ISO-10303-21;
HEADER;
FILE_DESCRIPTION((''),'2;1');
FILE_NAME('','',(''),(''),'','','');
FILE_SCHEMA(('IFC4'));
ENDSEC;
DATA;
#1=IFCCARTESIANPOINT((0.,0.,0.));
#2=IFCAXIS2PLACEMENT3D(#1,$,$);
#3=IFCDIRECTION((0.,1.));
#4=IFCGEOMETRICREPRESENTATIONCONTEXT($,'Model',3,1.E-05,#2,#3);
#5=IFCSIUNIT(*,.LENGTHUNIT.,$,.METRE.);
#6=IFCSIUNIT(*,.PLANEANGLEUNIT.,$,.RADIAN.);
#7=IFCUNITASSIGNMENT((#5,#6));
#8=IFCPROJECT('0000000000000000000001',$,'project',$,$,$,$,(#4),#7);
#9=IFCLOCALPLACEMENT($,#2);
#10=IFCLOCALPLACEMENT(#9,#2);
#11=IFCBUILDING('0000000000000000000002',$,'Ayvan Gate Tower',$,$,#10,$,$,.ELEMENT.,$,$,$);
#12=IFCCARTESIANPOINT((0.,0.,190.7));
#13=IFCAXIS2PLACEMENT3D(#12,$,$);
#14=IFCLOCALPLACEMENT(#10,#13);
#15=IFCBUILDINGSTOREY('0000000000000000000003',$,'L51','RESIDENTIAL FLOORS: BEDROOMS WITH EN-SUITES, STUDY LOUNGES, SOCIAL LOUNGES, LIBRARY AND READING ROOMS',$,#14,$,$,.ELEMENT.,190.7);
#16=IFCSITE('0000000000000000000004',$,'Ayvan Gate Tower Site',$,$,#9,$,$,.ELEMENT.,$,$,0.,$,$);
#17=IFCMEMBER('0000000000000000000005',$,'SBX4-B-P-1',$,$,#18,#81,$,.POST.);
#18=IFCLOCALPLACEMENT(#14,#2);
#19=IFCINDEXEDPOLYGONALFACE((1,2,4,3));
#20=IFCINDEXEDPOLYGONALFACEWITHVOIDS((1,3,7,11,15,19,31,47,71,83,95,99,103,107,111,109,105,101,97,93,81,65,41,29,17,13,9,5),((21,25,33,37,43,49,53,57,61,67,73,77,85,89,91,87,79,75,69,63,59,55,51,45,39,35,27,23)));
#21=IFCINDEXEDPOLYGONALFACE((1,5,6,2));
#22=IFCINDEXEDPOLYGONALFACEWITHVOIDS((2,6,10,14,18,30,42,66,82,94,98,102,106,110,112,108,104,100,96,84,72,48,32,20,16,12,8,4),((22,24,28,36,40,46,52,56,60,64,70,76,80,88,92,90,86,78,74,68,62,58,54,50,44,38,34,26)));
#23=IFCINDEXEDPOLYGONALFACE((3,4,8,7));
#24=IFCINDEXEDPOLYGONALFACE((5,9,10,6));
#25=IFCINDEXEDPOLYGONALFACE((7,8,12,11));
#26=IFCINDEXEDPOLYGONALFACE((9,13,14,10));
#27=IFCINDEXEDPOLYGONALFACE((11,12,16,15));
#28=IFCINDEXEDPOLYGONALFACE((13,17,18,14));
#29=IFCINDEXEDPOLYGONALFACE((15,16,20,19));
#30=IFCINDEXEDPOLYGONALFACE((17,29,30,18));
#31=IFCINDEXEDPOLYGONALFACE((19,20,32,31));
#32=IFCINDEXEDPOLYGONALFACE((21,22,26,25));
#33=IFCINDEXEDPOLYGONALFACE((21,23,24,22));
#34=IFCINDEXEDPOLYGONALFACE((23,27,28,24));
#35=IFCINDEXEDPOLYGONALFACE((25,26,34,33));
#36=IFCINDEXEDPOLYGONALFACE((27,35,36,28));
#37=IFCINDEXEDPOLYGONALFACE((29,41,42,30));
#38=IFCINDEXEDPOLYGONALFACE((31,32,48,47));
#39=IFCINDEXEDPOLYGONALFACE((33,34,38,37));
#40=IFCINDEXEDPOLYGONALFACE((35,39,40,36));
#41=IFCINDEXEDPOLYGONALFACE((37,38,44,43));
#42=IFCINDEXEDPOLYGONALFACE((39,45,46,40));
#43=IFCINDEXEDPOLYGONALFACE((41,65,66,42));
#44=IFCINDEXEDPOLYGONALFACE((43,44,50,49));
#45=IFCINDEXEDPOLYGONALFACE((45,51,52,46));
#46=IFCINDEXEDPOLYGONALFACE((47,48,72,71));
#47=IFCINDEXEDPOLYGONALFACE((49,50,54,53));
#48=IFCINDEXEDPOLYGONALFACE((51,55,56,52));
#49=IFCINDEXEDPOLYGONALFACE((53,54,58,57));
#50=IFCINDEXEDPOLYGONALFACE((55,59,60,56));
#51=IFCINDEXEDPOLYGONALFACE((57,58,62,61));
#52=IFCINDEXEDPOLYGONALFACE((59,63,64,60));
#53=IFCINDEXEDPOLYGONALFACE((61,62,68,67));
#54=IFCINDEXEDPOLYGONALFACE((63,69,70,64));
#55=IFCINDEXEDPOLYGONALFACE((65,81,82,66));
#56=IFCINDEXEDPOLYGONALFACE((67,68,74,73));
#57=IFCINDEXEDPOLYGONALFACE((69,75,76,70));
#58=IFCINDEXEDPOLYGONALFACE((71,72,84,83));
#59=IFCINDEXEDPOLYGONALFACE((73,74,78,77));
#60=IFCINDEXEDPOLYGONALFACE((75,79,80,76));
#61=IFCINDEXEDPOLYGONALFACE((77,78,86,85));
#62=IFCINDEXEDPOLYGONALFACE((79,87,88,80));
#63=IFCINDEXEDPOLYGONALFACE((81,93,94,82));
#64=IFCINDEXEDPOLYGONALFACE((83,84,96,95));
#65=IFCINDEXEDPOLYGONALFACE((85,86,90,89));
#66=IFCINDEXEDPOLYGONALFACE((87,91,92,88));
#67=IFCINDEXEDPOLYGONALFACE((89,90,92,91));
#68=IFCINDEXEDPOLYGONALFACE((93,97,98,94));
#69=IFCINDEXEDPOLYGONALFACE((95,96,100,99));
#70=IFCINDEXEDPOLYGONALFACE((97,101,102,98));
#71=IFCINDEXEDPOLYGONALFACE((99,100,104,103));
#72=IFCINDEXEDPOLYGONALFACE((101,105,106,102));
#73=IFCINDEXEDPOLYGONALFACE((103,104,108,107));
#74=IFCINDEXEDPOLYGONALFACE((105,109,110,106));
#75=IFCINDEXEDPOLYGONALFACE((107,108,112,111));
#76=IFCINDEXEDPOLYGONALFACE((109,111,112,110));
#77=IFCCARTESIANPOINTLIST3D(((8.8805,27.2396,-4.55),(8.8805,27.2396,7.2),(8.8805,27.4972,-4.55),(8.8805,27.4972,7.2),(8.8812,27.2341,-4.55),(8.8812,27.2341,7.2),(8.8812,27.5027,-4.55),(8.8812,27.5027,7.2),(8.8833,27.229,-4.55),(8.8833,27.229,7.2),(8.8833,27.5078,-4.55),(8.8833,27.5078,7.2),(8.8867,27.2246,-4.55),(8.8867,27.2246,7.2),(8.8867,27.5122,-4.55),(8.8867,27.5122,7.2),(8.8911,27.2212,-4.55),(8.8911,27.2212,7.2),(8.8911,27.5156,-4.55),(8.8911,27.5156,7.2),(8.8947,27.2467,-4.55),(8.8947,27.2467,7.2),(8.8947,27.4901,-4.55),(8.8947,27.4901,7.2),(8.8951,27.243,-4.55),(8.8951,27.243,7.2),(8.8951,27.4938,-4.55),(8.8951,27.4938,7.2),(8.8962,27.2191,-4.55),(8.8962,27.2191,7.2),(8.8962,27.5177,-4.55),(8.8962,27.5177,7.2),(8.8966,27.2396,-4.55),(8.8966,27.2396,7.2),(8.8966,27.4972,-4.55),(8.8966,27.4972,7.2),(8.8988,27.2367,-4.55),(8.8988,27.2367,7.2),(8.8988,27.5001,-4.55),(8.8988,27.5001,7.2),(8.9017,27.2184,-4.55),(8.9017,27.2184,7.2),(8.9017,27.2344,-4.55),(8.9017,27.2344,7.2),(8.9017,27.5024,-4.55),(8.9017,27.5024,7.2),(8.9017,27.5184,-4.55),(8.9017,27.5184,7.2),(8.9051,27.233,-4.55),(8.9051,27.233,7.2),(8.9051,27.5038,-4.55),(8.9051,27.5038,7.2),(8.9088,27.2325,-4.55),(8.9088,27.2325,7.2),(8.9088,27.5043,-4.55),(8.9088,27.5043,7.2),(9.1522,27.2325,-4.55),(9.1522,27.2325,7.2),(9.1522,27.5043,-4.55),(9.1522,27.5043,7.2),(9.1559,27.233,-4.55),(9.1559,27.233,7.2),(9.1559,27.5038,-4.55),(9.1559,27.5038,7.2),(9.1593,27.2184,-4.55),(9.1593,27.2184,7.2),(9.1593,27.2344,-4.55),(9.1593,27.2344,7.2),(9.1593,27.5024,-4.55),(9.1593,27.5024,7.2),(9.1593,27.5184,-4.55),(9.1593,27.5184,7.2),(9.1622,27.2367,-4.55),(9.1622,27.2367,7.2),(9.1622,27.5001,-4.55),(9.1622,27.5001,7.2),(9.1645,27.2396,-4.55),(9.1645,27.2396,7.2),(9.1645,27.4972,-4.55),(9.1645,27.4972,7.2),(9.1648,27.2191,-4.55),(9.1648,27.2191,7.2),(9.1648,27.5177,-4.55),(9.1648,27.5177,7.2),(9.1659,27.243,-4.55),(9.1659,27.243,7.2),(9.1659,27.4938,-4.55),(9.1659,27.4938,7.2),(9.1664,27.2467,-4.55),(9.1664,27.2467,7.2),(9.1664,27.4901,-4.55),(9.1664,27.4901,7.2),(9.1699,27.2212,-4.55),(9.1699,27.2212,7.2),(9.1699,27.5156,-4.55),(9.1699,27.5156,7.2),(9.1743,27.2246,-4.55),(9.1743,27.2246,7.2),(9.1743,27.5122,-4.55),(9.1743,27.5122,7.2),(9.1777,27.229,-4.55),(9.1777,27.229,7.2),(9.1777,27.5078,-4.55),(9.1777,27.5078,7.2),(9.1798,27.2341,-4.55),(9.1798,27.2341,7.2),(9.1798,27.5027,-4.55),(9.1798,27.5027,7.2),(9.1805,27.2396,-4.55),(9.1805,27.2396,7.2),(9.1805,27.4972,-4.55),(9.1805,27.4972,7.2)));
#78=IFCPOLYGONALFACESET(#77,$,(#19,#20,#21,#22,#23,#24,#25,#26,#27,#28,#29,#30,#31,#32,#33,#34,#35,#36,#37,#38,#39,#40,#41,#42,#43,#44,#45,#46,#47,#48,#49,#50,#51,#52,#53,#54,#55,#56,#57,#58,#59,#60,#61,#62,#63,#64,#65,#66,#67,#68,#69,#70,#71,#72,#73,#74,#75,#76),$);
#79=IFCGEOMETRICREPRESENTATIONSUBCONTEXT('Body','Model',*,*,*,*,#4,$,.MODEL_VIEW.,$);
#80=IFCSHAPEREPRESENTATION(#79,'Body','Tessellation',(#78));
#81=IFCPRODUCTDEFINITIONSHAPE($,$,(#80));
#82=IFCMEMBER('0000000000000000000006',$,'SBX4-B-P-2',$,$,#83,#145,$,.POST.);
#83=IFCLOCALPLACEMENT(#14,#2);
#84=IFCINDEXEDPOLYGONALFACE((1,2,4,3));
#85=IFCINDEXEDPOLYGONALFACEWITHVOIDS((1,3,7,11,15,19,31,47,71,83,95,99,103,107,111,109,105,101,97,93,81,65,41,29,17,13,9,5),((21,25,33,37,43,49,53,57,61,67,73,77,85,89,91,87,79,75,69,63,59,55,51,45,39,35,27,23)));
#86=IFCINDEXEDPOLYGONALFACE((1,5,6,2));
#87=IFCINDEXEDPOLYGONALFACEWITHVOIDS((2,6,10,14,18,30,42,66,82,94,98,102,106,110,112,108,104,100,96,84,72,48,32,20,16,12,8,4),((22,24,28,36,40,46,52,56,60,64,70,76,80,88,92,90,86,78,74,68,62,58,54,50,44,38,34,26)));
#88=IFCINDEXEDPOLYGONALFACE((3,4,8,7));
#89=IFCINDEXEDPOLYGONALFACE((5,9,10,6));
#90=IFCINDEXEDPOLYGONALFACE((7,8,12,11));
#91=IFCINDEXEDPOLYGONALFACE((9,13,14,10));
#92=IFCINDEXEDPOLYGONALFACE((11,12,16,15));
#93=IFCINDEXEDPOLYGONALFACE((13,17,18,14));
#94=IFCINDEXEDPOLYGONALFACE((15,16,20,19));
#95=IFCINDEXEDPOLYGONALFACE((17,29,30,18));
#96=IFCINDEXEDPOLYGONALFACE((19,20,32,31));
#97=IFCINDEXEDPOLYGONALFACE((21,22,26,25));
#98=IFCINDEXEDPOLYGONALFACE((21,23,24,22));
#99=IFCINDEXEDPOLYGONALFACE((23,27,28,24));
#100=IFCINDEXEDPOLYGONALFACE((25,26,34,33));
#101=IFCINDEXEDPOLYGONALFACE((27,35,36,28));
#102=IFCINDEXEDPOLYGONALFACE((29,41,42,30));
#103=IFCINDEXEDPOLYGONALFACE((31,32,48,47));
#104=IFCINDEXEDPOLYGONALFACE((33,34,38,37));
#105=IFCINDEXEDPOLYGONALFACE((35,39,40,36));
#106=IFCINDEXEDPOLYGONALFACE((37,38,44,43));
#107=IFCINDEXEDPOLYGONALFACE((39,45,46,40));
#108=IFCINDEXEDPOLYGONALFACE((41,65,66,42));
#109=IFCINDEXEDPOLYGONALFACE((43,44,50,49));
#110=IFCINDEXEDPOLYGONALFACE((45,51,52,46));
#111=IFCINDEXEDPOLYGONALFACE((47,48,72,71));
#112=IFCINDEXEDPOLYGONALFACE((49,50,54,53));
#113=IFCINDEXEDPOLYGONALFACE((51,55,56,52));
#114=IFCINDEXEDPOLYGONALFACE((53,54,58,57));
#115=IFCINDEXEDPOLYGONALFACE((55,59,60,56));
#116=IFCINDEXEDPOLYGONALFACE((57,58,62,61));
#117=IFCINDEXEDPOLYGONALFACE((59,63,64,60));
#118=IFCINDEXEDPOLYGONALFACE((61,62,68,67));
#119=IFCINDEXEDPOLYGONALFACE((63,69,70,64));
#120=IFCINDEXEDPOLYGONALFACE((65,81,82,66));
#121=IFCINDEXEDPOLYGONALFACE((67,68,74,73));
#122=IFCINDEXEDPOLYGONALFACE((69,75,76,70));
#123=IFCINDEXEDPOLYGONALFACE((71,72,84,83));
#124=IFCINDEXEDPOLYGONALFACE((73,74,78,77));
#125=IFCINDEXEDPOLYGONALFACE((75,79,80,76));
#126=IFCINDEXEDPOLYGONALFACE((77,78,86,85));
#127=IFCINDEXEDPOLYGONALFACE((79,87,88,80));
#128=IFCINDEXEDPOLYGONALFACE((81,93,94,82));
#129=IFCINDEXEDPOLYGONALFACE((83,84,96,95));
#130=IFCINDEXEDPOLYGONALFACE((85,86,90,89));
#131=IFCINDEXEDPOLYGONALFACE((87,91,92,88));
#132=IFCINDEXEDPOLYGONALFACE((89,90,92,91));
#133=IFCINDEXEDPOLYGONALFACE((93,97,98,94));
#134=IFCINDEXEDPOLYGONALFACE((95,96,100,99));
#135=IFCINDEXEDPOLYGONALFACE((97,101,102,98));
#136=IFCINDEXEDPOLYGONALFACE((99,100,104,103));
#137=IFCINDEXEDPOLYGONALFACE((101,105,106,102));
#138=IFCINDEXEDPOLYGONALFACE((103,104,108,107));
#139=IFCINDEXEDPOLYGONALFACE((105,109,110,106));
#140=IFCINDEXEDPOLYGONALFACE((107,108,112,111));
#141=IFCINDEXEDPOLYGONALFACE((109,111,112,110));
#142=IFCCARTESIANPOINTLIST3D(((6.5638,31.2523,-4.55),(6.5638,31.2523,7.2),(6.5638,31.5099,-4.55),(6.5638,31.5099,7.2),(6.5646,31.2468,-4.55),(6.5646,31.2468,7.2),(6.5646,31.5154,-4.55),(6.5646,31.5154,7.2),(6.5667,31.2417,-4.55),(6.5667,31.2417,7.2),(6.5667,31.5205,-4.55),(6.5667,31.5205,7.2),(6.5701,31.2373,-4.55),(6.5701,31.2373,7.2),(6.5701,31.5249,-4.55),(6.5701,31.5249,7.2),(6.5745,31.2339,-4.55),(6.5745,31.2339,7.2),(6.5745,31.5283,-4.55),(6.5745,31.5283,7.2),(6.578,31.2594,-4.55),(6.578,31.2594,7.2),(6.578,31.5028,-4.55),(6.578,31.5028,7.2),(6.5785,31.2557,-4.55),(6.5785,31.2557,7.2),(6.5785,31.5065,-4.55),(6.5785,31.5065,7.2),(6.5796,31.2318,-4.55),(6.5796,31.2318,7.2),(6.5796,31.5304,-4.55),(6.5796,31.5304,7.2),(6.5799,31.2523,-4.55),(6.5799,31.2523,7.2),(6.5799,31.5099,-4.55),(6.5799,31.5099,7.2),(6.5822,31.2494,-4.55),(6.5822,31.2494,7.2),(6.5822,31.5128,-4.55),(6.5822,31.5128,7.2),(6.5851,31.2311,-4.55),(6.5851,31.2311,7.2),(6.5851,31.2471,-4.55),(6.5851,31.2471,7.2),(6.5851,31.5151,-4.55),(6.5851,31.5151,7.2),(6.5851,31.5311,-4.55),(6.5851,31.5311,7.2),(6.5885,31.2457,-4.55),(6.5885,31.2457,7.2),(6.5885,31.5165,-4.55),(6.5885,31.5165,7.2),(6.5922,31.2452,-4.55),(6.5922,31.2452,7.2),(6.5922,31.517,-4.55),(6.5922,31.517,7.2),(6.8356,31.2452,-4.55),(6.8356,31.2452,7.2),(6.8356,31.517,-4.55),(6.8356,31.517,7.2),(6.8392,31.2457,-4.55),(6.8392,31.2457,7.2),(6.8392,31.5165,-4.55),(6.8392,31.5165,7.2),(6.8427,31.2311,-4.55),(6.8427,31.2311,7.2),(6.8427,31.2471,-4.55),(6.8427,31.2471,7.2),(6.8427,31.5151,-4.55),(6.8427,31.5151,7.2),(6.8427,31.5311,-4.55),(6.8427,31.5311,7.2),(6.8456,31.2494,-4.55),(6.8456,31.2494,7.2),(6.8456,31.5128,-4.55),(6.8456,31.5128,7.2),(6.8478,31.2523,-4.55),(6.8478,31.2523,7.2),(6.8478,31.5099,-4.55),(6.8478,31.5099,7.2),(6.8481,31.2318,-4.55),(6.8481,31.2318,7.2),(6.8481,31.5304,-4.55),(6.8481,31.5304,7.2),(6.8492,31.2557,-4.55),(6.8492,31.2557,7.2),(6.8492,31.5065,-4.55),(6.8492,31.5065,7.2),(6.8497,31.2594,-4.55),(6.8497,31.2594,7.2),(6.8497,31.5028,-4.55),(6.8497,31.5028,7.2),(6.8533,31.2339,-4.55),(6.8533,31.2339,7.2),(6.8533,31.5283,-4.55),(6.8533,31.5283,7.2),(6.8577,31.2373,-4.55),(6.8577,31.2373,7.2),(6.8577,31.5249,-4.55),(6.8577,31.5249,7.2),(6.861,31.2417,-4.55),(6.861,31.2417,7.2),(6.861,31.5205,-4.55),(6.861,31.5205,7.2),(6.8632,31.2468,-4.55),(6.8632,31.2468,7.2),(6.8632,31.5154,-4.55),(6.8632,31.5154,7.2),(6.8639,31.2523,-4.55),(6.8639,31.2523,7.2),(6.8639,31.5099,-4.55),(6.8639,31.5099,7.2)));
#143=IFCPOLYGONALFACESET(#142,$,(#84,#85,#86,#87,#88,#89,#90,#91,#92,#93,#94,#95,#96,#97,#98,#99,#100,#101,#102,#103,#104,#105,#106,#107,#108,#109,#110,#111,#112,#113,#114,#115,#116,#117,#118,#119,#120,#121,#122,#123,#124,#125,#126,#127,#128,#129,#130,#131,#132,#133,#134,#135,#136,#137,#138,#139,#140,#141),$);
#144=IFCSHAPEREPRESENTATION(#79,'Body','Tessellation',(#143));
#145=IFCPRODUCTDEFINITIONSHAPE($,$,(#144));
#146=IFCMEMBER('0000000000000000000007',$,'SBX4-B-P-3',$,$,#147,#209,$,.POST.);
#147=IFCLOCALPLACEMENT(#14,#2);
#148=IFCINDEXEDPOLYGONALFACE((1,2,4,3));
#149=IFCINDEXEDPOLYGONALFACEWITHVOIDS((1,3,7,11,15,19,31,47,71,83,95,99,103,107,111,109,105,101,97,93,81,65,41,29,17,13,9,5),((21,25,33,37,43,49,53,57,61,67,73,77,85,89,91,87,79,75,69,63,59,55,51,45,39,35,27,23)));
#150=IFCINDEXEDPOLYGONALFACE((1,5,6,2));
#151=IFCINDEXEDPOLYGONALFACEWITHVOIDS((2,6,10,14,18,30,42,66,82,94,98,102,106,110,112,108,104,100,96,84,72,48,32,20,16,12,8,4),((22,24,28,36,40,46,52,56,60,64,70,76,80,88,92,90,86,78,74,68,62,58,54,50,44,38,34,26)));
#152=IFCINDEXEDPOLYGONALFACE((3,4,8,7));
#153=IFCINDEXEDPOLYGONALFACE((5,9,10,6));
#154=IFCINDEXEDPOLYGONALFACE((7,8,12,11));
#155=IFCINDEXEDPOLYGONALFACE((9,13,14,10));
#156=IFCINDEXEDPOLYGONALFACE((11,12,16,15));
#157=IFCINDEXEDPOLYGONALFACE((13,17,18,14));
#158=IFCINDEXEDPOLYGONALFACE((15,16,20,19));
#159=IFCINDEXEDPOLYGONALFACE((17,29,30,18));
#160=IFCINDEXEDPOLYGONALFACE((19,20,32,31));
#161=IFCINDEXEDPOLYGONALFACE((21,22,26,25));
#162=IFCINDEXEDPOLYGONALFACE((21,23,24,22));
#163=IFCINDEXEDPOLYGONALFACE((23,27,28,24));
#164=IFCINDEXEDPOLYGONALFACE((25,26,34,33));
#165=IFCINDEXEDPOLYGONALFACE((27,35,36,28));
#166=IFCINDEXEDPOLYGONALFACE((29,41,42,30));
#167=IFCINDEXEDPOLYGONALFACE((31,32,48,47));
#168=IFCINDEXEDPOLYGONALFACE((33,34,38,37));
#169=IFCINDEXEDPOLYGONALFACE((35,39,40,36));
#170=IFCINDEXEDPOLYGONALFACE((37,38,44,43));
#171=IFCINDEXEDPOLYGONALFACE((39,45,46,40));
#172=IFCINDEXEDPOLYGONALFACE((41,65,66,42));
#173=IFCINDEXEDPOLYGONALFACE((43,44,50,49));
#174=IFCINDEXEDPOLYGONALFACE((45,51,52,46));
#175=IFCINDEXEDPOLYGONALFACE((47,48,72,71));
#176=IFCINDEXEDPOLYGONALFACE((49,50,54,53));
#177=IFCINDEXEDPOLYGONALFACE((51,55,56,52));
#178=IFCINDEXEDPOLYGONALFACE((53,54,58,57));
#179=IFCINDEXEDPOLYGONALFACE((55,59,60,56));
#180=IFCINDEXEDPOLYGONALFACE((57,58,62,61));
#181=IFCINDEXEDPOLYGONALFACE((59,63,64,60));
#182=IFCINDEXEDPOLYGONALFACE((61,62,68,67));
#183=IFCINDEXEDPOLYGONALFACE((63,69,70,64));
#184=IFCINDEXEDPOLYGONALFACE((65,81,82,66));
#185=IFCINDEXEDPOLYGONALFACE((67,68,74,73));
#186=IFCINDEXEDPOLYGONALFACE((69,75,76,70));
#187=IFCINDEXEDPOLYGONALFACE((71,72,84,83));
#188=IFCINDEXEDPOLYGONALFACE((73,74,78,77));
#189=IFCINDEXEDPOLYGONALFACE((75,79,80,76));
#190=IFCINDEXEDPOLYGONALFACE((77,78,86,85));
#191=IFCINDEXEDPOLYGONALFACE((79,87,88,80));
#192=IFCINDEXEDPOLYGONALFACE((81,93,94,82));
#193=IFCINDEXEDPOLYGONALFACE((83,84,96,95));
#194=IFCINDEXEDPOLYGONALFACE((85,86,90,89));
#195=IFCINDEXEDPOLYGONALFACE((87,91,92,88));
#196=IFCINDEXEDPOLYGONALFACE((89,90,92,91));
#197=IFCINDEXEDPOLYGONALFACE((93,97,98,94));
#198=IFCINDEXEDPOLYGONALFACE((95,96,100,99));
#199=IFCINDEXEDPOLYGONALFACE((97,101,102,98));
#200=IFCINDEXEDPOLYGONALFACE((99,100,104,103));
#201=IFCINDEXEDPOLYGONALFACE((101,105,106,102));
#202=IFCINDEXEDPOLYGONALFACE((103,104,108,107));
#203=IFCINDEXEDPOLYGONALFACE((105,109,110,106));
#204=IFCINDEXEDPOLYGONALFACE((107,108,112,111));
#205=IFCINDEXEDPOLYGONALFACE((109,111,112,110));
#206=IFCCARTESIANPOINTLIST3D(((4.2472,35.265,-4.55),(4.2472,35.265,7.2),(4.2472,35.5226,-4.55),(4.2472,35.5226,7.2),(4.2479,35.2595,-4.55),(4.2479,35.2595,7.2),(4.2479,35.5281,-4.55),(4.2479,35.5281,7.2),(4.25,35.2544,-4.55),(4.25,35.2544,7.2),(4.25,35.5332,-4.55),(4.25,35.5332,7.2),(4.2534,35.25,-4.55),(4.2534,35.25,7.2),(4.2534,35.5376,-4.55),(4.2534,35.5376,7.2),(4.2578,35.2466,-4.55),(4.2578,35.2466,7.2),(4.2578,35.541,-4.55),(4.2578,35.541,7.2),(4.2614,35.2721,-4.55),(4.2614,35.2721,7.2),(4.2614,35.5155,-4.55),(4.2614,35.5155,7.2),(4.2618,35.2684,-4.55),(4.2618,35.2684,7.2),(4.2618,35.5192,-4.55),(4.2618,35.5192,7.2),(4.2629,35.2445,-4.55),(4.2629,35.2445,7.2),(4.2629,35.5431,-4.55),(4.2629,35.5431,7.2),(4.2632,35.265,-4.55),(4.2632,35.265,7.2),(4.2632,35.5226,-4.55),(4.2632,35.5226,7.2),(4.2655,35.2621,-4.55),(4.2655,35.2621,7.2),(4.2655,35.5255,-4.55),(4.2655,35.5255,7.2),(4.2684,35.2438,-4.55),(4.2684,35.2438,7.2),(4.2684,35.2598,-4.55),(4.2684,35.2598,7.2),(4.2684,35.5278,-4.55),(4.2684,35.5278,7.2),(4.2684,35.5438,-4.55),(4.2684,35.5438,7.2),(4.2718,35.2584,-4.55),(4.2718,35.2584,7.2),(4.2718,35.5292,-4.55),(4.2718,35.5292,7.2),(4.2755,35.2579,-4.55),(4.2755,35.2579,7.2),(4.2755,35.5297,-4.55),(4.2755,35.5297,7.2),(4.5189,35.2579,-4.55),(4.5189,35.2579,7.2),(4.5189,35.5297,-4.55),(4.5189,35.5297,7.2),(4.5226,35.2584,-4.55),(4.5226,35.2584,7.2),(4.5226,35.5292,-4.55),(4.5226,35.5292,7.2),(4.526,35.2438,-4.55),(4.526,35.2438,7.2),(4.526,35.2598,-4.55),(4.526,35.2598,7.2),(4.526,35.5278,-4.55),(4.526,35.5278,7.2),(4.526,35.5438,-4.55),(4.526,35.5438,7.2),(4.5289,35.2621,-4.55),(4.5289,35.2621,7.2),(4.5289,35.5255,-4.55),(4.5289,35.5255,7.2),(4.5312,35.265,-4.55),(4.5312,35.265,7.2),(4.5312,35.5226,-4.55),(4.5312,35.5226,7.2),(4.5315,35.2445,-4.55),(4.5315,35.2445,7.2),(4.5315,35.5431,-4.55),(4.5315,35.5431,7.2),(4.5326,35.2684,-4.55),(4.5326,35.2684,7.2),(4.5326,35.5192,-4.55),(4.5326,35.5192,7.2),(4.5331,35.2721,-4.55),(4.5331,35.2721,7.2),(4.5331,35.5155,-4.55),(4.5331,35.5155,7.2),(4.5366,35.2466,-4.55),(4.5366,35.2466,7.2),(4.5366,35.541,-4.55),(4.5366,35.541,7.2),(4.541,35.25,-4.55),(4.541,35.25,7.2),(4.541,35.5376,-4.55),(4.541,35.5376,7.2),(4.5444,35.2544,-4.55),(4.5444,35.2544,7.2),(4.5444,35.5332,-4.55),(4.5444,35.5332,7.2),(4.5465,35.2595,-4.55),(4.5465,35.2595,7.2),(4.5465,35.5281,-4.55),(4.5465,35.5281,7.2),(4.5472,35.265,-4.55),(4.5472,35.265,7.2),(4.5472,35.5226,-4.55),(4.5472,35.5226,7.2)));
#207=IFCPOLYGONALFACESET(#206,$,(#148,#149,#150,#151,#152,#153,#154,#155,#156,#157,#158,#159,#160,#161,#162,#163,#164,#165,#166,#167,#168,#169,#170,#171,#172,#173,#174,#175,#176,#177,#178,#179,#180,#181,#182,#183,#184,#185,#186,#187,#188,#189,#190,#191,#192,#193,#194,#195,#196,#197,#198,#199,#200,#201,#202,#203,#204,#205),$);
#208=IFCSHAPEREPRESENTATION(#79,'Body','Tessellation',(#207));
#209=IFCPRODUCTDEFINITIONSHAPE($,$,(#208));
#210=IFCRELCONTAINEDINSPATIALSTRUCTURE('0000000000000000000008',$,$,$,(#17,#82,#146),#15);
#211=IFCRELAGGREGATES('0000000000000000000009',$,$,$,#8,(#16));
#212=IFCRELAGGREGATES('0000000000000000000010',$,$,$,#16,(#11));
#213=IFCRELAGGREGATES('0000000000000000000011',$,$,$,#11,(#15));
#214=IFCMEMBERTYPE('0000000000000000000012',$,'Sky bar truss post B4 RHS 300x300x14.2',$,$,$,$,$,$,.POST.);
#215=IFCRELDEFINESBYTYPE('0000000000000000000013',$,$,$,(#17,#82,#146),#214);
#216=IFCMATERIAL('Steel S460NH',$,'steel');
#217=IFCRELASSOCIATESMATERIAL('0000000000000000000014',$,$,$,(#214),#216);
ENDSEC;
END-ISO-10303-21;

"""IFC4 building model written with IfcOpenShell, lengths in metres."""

from ifc_helpers import new_model, si_unit, direction, frame, origin, origin_2d, place, context, subcontext, project, spatial, hollow_rectangle, extrude, material, material_profile, profile_set, type_object, element, save


model = new_model("IFC4")

# Units and contexts
model_context = context("Model", 3, precision=1e-05, world=origin(), true_north=direction((0.0, 1.0)))
body_context = subcontext(model_context, "Body", "Model", "MODEL_VIEW")
ifc_project = project(units=[si_unit("LENGTHUNIT", "METRE"), si_unit("PLANEANGLEUNIT", "RADIAN")], contexts=[model_context])

# Site, building, storey
site_placement = place(None, origin())
site = spatial("IfcSite", under=ifc_project, at=site_placement, Name="Ayvan Gate Tower Site", CompositionType="ELEMENT", RefElevation=0.0)
building_placement = place(site_placement, origin())
building = spatial("IfcBuilding", under=site, at=building_placement, Name="Ayvan Gate Tower", CompositionType="ELEMENT")
storey_placement = place(building_placement, frame((0.0, 0.0, 190.7)))
storey = spatial("IfcBuildingStorey", under=building, at=storey_placement, Name="L51", Description="RESIDENTIAL FLOORS: BEDROOMS WITH EN-SUITES, STUDY LOUNGES, SOCIAL LOUNGES, LIBRARY AND READING ROOMS", CompositionType="ELEMENT", Elevation=190.7)

# Members
ifc_material_1 = material(Name="Steel S460NH", Category="steel")
ifc_material_profile_1 = material_profile(ifc_material_1, hollow_rectangle(XDim=0.3, YDim=0.3, WallThickness=0.0142, InnerFilletRadius=0.0142, OuterFilletRadius=0.0212, at=origin_2d()), Name="RHS 300x300x14.2")
ifc_profile_set_1 = profile_set([ifc_material_profile_1], Name="Steel S460NH")
member_type_1 = type_object("IfcMemberType", Name="Sky bar truss post B4 RHS 300x300x14.2", PredefinedType="POST", material=ifc_profile_set_1)
for number, where, z_axis, x_axis, name in (
    (1, (9.0305, 27.3684, -4.55), (0.0, 0.0, 1.0), (1.0, 0.0, 0.0), "SBX4-B-P-1"),
    (2, (6.7139, 31.3811, -4.55), (0.0, 0.0, 1.0), (1.0, 0.0, 0.0), "SBX4-B-P-2"),
    (3, (4.3972, 35.3938, -4.55), (0.0, 0.0, 1.0), (1.0, 0.0, 0.0), "SBX4-B-P-3"),
):
    element("IfcMember", number, at=place(storey_placement, frame(where, z_axis=z_axis, x_axis=x_axis)), inside=storey, type_object=member_type_1, Name=name, PredefinedType="POST", context=body_context, shape_type="SweptSolid", body=[
        extrude(hollow_rectangle(XDim=0.3, YDim=0.3, WallThickness=0.0142, InnerFilletRadius=0.0142, OuterFilletRadius=0.0212, at=origin_2d()), origin(), (0.0, 0.0, 1.0), 11.75),
    ])

save(model, "model.ifc")
